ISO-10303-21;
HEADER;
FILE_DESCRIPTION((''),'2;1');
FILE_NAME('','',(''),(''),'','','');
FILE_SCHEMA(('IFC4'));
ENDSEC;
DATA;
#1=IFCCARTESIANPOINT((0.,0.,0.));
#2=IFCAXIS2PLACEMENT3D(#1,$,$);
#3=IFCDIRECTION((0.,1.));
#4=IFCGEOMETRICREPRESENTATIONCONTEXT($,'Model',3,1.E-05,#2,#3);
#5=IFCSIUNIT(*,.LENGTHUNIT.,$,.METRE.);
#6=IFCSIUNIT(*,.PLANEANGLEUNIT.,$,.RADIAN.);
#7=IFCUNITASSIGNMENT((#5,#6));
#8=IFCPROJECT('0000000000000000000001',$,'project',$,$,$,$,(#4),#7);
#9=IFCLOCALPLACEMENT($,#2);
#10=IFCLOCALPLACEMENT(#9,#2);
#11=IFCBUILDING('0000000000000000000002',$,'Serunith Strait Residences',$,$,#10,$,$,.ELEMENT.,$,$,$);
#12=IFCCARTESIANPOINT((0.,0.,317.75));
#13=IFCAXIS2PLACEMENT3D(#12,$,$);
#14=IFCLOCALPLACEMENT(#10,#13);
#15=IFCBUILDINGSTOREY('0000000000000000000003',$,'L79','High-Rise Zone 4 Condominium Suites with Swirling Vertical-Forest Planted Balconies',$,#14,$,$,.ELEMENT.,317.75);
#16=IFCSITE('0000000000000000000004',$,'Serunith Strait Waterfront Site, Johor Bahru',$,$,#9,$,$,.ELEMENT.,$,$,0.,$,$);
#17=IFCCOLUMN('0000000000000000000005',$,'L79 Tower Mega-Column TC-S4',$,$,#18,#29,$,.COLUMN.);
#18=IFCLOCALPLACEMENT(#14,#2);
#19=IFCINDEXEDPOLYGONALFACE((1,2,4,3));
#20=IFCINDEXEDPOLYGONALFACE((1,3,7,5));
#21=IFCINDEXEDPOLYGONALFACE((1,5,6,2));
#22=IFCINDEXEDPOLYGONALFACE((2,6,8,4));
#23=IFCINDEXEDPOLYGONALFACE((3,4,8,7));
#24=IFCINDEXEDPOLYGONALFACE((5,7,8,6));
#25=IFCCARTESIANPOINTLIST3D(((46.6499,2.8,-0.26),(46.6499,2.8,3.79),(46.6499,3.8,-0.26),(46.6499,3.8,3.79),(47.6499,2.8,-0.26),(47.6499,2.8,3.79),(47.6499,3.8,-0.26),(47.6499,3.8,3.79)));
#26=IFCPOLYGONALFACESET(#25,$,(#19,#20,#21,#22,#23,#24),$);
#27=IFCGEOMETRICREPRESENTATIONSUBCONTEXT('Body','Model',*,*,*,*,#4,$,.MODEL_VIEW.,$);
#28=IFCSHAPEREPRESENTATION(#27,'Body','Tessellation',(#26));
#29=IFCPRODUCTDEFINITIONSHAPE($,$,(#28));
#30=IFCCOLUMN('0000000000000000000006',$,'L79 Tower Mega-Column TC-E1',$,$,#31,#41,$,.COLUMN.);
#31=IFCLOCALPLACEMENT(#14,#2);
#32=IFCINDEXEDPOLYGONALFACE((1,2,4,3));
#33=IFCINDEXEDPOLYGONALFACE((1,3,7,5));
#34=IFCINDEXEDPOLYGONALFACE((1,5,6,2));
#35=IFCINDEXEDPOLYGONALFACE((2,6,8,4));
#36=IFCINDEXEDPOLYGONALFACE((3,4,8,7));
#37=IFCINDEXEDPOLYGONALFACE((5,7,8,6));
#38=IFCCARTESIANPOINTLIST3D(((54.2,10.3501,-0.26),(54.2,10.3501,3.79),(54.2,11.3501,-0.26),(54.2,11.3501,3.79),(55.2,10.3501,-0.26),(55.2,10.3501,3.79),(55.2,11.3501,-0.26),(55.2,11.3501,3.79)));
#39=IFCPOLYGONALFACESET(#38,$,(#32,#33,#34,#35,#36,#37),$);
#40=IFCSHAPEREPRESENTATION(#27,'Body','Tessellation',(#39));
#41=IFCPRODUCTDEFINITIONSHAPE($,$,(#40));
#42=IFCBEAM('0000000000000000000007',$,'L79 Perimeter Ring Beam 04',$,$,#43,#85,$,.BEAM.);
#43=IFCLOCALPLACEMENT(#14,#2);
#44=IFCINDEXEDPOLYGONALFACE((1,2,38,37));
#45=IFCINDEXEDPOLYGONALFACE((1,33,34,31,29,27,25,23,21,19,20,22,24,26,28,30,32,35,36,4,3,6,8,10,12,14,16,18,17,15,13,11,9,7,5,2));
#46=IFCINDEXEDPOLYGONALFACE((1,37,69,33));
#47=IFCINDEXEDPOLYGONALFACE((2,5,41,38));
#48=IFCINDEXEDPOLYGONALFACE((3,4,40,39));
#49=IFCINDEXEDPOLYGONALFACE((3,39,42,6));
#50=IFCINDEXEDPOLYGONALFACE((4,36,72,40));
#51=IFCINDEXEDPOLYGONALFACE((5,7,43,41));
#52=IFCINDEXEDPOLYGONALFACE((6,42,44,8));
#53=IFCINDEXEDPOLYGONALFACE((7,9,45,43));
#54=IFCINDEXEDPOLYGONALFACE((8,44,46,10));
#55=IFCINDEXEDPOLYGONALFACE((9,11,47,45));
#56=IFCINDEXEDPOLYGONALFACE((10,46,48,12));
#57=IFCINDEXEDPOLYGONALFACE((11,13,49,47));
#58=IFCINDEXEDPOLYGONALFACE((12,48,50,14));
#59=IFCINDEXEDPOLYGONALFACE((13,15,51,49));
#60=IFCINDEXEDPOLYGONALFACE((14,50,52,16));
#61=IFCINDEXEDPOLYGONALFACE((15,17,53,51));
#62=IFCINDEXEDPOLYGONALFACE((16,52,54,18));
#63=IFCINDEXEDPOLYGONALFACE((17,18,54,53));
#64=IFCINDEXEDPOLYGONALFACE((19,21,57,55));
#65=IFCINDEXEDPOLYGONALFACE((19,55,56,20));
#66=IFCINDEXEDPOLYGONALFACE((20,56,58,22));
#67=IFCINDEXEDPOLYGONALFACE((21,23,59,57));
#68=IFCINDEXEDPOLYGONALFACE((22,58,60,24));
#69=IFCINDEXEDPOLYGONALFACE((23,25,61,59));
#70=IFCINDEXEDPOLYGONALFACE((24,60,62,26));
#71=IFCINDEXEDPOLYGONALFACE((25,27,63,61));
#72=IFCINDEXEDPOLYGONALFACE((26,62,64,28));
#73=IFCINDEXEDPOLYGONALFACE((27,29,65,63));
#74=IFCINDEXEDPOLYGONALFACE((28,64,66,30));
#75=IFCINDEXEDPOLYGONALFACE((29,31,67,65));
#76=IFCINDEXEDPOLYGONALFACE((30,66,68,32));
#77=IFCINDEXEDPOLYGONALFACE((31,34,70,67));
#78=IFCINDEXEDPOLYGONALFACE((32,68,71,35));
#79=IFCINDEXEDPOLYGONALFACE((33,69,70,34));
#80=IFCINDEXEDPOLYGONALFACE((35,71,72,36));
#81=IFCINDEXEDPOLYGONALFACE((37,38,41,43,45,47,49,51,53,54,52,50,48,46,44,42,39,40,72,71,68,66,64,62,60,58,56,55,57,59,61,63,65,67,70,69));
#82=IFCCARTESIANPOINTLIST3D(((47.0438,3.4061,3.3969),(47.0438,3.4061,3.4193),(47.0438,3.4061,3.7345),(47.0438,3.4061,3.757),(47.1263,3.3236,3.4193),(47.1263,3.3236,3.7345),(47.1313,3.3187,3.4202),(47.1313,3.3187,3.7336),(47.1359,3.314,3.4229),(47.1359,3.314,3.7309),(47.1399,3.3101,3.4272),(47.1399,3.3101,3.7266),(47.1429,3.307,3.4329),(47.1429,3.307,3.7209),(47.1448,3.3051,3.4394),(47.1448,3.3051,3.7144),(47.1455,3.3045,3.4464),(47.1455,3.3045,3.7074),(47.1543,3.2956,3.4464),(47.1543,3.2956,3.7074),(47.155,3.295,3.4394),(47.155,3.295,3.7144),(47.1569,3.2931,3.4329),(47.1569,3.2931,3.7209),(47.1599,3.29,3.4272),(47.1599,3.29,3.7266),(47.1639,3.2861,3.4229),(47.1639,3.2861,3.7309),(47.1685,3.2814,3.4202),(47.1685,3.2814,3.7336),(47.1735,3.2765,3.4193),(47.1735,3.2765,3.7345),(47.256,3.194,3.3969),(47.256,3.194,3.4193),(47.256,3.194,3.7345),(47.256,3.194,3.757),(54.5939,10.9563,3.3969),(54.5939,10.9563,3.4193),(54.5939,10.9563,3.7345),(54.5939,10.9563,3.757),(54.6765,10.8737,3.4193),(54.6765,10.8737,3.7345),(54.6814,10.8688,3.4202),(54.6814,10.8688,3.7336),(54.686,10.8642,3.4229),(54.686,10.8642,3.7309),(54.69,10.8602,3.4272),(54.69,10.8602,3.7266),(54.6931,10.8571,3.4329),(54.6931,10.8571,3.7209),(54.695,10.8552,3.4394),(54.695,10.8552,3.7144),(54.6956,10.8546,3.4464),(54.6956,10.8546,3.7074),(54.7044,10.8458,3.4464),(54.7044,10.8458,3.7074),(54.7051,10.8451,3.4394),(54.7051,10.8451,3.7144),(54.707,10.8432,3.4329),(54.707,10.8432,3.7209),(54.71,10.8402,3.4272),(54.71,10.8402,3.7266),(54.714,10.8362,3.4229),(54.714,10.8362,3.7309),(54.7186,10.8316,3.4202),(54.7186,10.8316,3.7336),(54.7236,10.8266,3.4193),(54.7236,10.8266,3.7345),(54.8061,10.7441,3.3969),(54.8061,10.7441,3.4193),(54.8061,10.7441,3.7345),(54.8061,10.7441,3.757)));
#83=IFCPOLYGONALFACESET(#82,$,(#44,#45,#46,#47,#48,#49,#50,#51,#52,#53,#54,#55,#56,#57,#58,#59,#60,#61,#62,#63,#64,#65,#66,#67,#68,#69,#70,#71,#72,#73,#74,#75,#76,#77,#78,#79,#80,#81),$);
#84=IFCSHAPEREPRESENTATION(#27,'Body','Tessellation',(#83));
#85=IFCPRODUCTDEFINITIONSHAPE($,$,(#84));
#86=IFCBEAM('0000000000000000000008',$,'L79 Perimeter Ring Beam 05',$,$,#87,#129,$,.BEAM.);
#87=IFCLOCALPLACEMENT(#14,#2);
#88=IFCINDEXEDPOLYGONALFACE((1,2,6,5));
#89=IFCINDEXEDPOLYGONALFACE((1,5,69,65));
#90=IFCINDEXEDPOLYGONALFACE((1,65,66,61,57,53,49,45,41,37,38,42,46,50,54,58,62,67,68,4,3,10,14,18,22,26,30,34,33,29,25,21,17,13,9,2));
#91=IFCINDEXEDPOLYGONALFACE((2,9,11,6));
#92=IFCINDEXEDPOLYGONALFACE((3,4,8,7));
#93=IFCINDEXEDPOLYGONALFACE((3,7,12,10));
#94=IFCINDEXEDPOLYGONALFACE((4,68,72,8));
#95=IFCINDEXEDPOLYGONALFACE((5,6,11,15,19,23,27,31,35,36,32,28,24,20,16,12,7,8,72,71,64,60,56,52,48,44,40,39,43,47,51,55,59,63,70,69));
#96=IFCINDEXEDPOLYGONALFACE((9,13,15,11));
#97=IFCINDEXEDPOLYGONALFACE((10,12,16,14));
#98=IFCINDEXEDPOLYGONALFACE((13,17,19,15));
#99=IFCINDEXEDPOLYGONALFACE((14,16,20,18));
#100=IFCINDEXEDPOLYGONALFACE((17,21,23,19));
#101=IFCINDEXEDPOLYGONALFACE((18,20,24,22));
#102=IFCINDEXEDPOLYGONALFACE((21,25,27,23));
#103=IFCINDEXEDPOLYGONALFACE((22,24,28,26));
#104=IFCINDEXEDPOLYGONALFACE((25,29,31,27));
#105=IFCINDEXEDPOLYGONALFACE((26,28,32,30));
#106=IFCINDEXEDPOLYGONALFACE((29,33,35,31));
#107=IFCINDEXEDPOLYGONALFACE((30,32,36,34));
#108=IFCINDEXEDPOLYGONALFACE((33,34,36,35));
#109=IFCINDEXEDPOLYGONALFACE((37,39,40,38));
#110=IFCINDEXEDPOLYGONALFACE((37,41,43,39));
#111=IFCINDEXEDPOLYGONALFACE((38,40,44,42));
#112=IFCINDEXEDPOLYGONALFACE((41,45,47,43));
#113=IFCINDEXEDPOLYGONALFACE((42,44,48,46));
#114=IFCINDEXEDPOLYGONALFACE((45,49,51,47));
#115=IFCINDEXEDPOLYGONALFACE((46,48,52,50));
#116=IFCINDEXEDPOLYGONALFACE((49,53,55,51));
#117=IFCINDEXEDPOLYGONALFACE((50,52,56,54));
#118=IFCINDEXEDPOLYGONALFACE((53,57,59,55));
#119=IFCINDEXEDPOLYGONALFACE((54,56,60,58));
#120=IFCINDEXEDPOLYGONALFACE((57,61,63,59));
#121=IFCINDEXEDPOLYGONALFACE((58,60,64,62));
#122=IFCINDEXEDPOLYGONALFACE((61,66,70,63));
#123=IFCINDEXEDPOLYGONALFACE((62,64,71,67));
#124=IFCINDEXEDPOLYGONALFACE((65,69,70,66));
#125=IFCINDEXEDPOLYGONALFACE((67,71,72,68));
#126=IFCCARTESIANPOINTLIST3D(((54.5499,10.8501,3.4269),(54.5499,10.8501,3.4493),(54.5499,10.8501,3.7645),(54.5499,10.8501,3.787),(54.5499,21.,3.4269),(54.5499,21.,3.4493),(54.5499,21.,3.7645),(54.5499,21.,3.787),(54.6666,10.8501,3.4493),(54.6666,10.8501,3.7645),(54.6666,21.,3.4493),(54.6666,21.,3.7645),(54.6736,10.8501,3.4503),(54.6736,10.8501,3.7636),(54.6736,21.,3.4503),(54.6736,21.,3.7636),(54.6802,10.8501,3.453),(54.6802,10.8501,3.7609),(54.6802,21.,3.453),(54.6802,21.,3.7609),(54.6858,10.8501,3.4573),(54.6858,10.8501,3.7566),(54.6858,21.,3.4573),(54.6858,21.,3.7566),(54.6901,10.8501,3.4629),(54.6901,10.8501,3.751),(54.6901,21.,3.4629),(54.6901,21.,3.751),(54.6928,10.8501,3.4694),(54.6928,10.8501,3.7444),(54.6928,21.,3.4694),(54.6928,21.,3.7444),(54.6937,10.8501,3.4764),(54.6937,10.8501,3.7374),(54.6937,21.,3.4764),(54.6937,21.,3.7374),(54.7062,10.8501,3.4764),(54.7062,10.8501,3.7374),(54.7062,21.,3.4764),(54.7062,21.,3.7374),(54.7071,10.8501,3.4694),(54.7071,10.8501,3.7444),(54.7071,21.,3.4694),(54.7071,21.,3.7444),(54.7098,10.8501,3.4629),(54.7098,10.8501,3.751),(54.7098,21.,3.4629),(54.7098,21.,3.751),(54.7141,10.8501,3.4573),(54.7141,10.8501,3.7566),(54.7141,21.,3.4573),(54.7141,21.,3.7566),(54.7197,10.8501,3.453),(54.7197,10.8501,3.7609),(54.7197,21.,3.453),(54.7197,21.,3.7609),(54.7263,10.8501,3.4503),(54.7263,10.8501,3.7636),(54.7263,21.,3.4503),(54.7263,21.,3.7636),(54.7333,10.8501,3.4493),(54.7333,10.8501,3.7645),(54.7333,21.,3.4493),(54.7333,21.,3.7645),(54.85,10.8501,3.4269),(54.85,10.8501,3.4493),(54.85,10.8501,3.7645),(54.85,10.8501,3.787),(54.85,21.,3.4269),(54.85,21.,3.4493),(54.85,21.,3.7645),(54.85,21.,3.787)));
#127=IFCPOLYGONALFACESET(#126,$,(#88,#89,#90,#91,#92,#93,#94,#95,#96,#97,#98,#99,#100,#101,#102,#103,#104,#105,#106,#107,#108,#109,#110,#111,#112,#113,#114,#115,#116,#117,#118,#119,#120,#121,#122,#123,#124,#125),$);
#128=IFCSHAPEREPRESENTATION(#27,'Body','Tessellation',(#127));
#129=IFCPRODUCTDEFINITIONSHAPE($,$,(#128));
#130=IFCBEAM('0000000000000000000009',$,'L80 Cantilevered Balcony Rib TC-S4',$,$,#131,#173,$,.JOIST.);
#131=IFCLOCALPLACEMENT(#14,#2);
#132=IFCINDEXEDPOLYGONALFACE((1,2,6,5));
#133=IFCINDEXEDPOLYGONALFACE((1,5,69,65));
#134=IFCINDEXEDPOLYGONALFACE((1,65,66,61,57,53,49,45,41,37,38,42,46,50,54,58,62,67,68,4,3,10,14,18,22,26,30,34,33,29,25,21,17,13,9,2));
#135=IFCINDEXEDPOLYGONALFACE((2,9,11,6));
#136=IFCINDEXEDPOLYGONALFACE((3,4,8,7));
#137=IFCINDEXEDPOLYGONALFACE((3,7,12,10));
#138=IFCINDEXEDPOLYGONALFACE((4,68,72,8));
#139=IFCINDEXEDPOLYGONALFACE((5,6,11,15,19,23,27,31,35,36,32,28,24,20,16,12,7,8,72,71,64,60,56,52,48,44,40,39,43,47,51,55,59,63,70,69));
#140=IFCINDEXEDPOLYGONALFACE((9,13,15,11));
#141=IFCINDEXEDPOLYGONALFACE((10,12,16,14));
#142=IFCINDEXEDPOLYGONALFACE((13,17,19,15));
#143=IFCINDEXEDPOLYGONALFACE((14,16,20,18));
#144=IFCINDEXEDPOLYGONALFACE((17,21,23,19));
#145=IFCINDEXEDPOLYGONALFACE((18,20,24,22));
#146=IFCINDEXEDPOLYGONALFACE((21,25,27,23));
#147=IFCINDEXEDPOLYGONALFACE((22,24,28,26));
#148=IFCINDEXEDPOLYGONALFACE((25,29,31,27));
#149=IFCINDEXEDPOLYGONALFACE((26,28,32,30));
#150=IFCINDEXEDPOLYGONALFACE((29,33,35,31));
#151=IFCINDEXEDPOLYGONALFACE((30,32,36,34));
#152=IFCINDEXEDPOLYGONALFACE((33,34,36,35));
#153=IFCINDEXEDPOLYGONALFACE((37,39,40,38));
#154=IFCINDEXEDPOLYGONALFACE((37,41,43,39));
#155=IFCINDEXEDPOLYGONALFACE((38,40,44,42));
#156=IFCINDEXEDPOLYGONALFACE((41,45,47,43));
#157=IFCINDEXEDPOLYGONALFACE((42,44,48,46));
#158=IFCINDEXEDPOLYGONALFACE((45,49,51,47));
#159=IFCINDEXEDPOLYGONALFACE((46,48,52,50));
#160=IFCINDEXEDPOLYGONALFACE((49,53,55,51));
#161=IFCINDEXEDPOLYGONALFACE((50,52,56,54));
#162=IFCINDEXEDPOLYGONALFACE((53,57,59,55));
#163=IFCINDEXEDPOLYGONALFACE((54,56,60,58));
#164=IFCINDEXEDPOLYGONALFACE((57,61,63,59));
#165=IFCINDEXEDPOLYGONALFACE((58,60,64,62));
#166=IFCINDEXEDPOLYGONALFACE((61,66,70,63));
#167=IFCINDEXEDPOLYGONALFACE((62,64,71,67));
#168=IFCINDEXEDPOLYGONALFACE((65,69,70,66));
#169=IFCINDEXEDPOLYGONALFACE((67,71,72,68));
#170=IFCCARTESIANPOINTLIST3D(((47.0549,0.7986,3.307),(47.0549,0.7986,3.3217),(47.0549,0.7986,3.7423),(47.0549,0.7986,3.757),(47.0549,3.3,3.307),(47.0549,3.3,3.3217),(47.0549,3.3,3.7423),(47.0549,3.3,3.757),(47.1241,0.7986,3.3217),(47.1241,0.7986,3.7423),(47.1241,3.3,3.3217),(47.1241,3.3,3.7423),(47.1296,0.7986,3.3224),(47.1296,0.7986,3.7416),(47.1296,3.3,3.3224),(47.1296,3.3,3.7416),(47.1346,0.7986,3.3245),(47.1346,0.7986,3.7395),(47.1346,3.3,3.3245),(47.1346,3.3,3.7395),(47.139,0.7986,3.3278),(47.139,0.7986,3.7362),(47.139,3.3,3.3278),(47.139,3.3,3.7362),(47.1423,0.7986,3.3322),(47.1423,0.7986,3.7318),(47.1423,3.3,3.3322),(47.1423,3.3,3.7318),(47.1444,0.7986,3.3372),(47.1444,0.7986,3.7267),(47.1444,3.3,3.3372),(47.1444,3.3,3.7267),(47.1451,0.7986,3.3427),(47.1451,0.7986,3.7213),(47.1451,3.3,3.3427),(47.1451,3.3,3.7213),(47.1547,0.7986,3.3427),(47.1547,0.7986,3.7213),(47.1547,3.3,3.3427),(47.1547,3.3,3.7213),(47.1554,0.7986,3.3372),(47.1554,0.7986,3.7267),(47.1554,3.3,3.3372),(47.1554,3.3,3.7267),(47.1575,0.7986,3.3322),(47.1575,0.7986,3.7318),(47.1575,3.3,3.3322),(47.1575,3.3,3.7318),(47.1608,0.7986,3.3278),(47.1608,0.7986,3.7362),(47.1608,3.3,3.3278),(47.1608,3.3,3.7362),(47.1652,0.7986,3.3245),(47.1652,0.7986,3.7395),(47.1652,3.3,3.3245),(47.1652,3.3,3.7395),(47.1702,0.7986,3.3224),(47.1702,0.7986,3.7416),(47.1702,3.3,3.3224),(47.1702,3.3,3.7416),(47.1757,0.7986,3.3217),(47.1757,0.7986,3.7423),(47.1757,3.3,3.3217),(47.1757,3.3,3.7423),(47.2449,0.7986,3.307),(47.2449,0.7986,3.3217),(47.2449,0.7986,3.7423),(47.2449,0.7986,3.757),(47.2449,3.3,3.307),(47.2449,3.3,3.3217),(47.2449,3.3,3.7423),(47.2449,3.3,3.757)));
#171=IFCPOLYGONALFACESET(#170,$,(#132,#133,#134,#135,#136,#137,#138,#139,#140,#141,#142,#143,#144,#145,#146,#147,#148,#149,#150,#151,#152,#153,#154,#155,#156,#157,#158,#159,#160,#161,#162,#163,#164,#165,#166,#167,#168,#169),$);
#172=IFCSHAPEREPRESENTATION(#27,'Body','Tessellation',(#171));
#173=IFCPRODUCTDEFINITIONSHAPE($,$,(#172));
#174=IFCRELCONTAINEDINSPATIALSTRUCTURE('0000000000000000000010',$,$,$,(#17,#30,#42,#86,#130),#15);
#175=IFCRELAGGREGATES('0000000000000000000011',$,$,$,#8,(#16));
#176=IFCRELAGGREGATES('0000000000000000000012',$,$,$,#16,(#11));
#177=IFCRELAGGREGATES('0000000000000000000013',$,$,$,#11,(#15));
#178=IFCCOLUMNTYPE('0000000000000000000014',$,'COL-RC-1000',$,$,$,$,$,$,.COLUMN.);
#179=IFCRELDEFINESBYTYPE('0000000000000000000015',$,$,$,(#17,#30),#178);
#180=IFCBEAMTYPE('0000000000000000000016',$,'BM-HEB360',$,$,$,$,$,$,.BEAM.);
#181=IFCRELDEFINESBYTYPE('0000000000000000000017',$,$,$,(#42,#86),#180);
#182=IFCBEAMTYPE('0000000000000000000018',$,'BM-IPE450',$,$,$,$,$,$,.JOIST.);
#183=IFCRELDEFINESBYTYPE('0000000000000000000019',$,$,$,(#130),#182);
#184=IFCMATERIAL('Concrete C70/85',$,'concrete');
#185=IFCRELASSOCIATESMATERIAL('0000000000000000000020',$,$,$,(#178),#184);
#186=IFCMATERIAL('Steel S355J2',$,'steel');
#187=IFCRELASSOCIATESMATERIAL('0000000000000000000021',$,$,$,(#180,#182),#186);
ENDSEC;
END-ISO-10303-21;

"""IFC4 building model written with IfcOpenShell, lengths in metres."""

from ifc_helpers import new_model, si_unit, direction, frame, origin, origin_2d, place, context, subcontext, project, spatial, rectangle, i_section, extrude, source, transform, mapped, material, material_profile, profile_set, type_object, element, save


model = new_model("IFC4")

# Units and contexts
model_context = context("Model", 3, precision=1e-05, world=origin(), true_north=direction((0.0, 1.0)))
body_context = subcontext(model_context, "Body", "Model", "MODEL_VIEW")
ifc_project = project(units=[si_unit("LENGTHUNIT", "METRE"), si_unit("PLANEANGLEUNIT", "RADIAN")], contexts=[model_context])

# Site, building, storey
site_placement = place(None, origin())
site = spatial("IfcSite", under=ifc_project, at=site_placement, Name="Serunith Strait Waterfront Site, Johor Bahru", CompositionType="ELEMENT", RefElevation=0.0)
building_placement = place(site_placement, origin())
building = spatial("IfcBuilding", under=site, at=building_placement, Name="Serunith Strait Residences", CompositionType="ELEMENT")
storey_placement = place(building_placement, frame((0.0, 0.0, 317.75)))
storey = spatial("IfcBuildingStorey", under=building, at=storey_placement, Name="L79", Description="High-Rise Zone 4 Condominium Suites with Swirling Vertical-Forest Planted Balconies", CompositionType="ELEMENT", Elevation=317.75)

# Columns
ifc_material_1 = material(Name="Concrete C70/85", Category="concrete")
ifc_material_profile_1 = material_profile(ifc_material_1, rectangle(XDim=1.0, YDim=1.0, at=origin_2d()), Name="RC 1000x1000")
ifc_profile_set_1 = profile_set([ifc_material_profile_1], Name="Concrete C70/85")
column_type = type_object("IfcColumnType", Name="COL-RC-1000", PredefinedType="COLUMN", material=ifc_profile_set_1)
shared_shape_1 = source(origin(), body_context, "Body", "SweptSolid", [
    extrude(rectangle(XDim=1.0, YDim=1.0, at=origin_2d()), origin(), (0.0, 0.0, 1.0), 4.05),
])
for number, where, z_axis, x_axis, name in (
    (1, (47.1499, 3.3, -0.26), (0.0, 0.0, 1.0), (1.0, 0.0, 0.0), "L79 Tower Mega-Column TC-S4"),
    (2, (54.7, 10.8501, -0.26), (0.0, 0.0, 1.0), (1.0, 0.0, 0.0), "L79 Tower Mega-Column TC-E1"),
):
    element("IfcColumn", number, at=place(storey_placement, frame(where, z_axis=z_axis, x_axis=x_axis)), inside=storey, type_object=column_type, Name=name, PredefinedType="COLUMN", context=body_context, shape_type="MappedRepresentation", body=[
        mapped(shared_shape_1, transform((0.0, 0.0, 0.0), scale=1.0)),
    ])

# Beams
ifc_material_2 = material(Name="Steel S355J2", Category="steel")
ifc_material_profile_2 = material_profile(ifc_material_2, i_section(OverallWidth=0.3, OverallDepth=0.3601, WebThickness=0.0125, FlangeThickness=0.0225, FilletRadius=0.0271, at=origin_2d()), Name="HEB 360")
ifc_profile_set_2 = profile_set([ifc_material_profile_2], Name="Steel S355J2")
beam_type_1 = type_object("IfcBeamType", Name="BM-HEB360", PredefinedType="BEAM", material=ifc_profile_set_2)
shared_shape_2 = source(origin(), body_context, "Body", "SweptSolid", [
    extrude(i_section(OverallWidth=0.3, OverallDepth=0.3601, WebThickness=0.0125, FlangeThickness=0.0225, FilletRadius=0.0271, at=origin_2d()), origin(), (0.0, 0.0, 1.0), 10.6775),
])
beam_1_placement = place(storey_placement, frame((47.1499, 3.3, 3.5769), z_axis=(0.707107, 0.707107, 0.0), x_axis=(-0.707107, 0.707107, 0.0)))
element("IfcBeam", 3, at=beam_1_placement, inside=storey, type_object=beam_type_1, Name="L79 Perimeter Ring Beam 04", PredefinedType="BEAM", context=body_context, shape_type="MappedRepresentation", body=[
    mapped(shared_shape_2, transform((0.0, 0.0, 0.0), scale=1.0)),
])
shared_shape_3 = source(origin(), body_context, "Body", "SweptSolid", [
    extrude(i_section(OverallWidth=0.3, OverallDepth=0.3601, WebThickness=0.0125, FlangeThickness=0.0225, FilletRadius=0.0271, at=origin_2d()), origin(), (0.0, 0.0, 1.0), 10.1499),
])
beam_2_placement = place(storey_placement, frame((54.7, 10.8501, 3.6069), z_axis=(0.0, 1.0, 0.0), x_axis=(-1.0, 0.0, 0.0)))
element("IfcBeam", 4, at=beam_2_placement, inside=storey, type_object=beam_type_1, Name="L79 Perimeter Ring Beam 05", PredefinedType="BEAM", context=body_context, shape_type="MappedRepresentation", body=[
    mapped(shared_shape_3, transform((0.0, 0.0, 0.0), scale=1.0)),
])
ifc_material_profile_3 = material_profile(ifc_material_2, i_section(OverallWidth=0.1899, OverallDepth=0.45, WebThickness=0.0095, FlangeThickness=0.0146, FilletRadius=0.021, at=origin_2d()), Name="IPE 450")
ifc_profile_set_3 = profile_set([ifc_material_profile_3], Name="Steel S355J2")
beam_type_2 = type_object("IfcBeamType", Name="BM-IPE450", PredefinedType="JOIST", material=ifc_profile_set_3)
shared_shape_4 = source(origin(), body_context, "Body", "SweptSolid", [
    extrude(i_section(OverallWidth=0.1899, OverallDepth=0.45, WebThickness=0.0095, FlangeThickness=0.0146, FilletRadius=0.021, at=origin_2d()), origin(), (0.0, 0.0, 1.0), 2.5015),
])
beam_3_placement = place(storey_placement, frame((47.1499, 3.3, 3.532), z_axis=(0.0, -1.0, 0.0), x_axis=(1.0, 0.0, 0.0)))
element("IfcBeam", 5, at=beam_3_placement, inside=storey, type_object=beam_type_2, Name="L80 Cantilevered Balcony Rib TC-S4", PredefinedType="JOIST", context=body_context, shape_type="MappedRepresentation", body=[
    mapped(shared_shape_4, transform((0.0, 0.0, 0.0), scale=1.0)),
])

save(model, "model.ifc")
